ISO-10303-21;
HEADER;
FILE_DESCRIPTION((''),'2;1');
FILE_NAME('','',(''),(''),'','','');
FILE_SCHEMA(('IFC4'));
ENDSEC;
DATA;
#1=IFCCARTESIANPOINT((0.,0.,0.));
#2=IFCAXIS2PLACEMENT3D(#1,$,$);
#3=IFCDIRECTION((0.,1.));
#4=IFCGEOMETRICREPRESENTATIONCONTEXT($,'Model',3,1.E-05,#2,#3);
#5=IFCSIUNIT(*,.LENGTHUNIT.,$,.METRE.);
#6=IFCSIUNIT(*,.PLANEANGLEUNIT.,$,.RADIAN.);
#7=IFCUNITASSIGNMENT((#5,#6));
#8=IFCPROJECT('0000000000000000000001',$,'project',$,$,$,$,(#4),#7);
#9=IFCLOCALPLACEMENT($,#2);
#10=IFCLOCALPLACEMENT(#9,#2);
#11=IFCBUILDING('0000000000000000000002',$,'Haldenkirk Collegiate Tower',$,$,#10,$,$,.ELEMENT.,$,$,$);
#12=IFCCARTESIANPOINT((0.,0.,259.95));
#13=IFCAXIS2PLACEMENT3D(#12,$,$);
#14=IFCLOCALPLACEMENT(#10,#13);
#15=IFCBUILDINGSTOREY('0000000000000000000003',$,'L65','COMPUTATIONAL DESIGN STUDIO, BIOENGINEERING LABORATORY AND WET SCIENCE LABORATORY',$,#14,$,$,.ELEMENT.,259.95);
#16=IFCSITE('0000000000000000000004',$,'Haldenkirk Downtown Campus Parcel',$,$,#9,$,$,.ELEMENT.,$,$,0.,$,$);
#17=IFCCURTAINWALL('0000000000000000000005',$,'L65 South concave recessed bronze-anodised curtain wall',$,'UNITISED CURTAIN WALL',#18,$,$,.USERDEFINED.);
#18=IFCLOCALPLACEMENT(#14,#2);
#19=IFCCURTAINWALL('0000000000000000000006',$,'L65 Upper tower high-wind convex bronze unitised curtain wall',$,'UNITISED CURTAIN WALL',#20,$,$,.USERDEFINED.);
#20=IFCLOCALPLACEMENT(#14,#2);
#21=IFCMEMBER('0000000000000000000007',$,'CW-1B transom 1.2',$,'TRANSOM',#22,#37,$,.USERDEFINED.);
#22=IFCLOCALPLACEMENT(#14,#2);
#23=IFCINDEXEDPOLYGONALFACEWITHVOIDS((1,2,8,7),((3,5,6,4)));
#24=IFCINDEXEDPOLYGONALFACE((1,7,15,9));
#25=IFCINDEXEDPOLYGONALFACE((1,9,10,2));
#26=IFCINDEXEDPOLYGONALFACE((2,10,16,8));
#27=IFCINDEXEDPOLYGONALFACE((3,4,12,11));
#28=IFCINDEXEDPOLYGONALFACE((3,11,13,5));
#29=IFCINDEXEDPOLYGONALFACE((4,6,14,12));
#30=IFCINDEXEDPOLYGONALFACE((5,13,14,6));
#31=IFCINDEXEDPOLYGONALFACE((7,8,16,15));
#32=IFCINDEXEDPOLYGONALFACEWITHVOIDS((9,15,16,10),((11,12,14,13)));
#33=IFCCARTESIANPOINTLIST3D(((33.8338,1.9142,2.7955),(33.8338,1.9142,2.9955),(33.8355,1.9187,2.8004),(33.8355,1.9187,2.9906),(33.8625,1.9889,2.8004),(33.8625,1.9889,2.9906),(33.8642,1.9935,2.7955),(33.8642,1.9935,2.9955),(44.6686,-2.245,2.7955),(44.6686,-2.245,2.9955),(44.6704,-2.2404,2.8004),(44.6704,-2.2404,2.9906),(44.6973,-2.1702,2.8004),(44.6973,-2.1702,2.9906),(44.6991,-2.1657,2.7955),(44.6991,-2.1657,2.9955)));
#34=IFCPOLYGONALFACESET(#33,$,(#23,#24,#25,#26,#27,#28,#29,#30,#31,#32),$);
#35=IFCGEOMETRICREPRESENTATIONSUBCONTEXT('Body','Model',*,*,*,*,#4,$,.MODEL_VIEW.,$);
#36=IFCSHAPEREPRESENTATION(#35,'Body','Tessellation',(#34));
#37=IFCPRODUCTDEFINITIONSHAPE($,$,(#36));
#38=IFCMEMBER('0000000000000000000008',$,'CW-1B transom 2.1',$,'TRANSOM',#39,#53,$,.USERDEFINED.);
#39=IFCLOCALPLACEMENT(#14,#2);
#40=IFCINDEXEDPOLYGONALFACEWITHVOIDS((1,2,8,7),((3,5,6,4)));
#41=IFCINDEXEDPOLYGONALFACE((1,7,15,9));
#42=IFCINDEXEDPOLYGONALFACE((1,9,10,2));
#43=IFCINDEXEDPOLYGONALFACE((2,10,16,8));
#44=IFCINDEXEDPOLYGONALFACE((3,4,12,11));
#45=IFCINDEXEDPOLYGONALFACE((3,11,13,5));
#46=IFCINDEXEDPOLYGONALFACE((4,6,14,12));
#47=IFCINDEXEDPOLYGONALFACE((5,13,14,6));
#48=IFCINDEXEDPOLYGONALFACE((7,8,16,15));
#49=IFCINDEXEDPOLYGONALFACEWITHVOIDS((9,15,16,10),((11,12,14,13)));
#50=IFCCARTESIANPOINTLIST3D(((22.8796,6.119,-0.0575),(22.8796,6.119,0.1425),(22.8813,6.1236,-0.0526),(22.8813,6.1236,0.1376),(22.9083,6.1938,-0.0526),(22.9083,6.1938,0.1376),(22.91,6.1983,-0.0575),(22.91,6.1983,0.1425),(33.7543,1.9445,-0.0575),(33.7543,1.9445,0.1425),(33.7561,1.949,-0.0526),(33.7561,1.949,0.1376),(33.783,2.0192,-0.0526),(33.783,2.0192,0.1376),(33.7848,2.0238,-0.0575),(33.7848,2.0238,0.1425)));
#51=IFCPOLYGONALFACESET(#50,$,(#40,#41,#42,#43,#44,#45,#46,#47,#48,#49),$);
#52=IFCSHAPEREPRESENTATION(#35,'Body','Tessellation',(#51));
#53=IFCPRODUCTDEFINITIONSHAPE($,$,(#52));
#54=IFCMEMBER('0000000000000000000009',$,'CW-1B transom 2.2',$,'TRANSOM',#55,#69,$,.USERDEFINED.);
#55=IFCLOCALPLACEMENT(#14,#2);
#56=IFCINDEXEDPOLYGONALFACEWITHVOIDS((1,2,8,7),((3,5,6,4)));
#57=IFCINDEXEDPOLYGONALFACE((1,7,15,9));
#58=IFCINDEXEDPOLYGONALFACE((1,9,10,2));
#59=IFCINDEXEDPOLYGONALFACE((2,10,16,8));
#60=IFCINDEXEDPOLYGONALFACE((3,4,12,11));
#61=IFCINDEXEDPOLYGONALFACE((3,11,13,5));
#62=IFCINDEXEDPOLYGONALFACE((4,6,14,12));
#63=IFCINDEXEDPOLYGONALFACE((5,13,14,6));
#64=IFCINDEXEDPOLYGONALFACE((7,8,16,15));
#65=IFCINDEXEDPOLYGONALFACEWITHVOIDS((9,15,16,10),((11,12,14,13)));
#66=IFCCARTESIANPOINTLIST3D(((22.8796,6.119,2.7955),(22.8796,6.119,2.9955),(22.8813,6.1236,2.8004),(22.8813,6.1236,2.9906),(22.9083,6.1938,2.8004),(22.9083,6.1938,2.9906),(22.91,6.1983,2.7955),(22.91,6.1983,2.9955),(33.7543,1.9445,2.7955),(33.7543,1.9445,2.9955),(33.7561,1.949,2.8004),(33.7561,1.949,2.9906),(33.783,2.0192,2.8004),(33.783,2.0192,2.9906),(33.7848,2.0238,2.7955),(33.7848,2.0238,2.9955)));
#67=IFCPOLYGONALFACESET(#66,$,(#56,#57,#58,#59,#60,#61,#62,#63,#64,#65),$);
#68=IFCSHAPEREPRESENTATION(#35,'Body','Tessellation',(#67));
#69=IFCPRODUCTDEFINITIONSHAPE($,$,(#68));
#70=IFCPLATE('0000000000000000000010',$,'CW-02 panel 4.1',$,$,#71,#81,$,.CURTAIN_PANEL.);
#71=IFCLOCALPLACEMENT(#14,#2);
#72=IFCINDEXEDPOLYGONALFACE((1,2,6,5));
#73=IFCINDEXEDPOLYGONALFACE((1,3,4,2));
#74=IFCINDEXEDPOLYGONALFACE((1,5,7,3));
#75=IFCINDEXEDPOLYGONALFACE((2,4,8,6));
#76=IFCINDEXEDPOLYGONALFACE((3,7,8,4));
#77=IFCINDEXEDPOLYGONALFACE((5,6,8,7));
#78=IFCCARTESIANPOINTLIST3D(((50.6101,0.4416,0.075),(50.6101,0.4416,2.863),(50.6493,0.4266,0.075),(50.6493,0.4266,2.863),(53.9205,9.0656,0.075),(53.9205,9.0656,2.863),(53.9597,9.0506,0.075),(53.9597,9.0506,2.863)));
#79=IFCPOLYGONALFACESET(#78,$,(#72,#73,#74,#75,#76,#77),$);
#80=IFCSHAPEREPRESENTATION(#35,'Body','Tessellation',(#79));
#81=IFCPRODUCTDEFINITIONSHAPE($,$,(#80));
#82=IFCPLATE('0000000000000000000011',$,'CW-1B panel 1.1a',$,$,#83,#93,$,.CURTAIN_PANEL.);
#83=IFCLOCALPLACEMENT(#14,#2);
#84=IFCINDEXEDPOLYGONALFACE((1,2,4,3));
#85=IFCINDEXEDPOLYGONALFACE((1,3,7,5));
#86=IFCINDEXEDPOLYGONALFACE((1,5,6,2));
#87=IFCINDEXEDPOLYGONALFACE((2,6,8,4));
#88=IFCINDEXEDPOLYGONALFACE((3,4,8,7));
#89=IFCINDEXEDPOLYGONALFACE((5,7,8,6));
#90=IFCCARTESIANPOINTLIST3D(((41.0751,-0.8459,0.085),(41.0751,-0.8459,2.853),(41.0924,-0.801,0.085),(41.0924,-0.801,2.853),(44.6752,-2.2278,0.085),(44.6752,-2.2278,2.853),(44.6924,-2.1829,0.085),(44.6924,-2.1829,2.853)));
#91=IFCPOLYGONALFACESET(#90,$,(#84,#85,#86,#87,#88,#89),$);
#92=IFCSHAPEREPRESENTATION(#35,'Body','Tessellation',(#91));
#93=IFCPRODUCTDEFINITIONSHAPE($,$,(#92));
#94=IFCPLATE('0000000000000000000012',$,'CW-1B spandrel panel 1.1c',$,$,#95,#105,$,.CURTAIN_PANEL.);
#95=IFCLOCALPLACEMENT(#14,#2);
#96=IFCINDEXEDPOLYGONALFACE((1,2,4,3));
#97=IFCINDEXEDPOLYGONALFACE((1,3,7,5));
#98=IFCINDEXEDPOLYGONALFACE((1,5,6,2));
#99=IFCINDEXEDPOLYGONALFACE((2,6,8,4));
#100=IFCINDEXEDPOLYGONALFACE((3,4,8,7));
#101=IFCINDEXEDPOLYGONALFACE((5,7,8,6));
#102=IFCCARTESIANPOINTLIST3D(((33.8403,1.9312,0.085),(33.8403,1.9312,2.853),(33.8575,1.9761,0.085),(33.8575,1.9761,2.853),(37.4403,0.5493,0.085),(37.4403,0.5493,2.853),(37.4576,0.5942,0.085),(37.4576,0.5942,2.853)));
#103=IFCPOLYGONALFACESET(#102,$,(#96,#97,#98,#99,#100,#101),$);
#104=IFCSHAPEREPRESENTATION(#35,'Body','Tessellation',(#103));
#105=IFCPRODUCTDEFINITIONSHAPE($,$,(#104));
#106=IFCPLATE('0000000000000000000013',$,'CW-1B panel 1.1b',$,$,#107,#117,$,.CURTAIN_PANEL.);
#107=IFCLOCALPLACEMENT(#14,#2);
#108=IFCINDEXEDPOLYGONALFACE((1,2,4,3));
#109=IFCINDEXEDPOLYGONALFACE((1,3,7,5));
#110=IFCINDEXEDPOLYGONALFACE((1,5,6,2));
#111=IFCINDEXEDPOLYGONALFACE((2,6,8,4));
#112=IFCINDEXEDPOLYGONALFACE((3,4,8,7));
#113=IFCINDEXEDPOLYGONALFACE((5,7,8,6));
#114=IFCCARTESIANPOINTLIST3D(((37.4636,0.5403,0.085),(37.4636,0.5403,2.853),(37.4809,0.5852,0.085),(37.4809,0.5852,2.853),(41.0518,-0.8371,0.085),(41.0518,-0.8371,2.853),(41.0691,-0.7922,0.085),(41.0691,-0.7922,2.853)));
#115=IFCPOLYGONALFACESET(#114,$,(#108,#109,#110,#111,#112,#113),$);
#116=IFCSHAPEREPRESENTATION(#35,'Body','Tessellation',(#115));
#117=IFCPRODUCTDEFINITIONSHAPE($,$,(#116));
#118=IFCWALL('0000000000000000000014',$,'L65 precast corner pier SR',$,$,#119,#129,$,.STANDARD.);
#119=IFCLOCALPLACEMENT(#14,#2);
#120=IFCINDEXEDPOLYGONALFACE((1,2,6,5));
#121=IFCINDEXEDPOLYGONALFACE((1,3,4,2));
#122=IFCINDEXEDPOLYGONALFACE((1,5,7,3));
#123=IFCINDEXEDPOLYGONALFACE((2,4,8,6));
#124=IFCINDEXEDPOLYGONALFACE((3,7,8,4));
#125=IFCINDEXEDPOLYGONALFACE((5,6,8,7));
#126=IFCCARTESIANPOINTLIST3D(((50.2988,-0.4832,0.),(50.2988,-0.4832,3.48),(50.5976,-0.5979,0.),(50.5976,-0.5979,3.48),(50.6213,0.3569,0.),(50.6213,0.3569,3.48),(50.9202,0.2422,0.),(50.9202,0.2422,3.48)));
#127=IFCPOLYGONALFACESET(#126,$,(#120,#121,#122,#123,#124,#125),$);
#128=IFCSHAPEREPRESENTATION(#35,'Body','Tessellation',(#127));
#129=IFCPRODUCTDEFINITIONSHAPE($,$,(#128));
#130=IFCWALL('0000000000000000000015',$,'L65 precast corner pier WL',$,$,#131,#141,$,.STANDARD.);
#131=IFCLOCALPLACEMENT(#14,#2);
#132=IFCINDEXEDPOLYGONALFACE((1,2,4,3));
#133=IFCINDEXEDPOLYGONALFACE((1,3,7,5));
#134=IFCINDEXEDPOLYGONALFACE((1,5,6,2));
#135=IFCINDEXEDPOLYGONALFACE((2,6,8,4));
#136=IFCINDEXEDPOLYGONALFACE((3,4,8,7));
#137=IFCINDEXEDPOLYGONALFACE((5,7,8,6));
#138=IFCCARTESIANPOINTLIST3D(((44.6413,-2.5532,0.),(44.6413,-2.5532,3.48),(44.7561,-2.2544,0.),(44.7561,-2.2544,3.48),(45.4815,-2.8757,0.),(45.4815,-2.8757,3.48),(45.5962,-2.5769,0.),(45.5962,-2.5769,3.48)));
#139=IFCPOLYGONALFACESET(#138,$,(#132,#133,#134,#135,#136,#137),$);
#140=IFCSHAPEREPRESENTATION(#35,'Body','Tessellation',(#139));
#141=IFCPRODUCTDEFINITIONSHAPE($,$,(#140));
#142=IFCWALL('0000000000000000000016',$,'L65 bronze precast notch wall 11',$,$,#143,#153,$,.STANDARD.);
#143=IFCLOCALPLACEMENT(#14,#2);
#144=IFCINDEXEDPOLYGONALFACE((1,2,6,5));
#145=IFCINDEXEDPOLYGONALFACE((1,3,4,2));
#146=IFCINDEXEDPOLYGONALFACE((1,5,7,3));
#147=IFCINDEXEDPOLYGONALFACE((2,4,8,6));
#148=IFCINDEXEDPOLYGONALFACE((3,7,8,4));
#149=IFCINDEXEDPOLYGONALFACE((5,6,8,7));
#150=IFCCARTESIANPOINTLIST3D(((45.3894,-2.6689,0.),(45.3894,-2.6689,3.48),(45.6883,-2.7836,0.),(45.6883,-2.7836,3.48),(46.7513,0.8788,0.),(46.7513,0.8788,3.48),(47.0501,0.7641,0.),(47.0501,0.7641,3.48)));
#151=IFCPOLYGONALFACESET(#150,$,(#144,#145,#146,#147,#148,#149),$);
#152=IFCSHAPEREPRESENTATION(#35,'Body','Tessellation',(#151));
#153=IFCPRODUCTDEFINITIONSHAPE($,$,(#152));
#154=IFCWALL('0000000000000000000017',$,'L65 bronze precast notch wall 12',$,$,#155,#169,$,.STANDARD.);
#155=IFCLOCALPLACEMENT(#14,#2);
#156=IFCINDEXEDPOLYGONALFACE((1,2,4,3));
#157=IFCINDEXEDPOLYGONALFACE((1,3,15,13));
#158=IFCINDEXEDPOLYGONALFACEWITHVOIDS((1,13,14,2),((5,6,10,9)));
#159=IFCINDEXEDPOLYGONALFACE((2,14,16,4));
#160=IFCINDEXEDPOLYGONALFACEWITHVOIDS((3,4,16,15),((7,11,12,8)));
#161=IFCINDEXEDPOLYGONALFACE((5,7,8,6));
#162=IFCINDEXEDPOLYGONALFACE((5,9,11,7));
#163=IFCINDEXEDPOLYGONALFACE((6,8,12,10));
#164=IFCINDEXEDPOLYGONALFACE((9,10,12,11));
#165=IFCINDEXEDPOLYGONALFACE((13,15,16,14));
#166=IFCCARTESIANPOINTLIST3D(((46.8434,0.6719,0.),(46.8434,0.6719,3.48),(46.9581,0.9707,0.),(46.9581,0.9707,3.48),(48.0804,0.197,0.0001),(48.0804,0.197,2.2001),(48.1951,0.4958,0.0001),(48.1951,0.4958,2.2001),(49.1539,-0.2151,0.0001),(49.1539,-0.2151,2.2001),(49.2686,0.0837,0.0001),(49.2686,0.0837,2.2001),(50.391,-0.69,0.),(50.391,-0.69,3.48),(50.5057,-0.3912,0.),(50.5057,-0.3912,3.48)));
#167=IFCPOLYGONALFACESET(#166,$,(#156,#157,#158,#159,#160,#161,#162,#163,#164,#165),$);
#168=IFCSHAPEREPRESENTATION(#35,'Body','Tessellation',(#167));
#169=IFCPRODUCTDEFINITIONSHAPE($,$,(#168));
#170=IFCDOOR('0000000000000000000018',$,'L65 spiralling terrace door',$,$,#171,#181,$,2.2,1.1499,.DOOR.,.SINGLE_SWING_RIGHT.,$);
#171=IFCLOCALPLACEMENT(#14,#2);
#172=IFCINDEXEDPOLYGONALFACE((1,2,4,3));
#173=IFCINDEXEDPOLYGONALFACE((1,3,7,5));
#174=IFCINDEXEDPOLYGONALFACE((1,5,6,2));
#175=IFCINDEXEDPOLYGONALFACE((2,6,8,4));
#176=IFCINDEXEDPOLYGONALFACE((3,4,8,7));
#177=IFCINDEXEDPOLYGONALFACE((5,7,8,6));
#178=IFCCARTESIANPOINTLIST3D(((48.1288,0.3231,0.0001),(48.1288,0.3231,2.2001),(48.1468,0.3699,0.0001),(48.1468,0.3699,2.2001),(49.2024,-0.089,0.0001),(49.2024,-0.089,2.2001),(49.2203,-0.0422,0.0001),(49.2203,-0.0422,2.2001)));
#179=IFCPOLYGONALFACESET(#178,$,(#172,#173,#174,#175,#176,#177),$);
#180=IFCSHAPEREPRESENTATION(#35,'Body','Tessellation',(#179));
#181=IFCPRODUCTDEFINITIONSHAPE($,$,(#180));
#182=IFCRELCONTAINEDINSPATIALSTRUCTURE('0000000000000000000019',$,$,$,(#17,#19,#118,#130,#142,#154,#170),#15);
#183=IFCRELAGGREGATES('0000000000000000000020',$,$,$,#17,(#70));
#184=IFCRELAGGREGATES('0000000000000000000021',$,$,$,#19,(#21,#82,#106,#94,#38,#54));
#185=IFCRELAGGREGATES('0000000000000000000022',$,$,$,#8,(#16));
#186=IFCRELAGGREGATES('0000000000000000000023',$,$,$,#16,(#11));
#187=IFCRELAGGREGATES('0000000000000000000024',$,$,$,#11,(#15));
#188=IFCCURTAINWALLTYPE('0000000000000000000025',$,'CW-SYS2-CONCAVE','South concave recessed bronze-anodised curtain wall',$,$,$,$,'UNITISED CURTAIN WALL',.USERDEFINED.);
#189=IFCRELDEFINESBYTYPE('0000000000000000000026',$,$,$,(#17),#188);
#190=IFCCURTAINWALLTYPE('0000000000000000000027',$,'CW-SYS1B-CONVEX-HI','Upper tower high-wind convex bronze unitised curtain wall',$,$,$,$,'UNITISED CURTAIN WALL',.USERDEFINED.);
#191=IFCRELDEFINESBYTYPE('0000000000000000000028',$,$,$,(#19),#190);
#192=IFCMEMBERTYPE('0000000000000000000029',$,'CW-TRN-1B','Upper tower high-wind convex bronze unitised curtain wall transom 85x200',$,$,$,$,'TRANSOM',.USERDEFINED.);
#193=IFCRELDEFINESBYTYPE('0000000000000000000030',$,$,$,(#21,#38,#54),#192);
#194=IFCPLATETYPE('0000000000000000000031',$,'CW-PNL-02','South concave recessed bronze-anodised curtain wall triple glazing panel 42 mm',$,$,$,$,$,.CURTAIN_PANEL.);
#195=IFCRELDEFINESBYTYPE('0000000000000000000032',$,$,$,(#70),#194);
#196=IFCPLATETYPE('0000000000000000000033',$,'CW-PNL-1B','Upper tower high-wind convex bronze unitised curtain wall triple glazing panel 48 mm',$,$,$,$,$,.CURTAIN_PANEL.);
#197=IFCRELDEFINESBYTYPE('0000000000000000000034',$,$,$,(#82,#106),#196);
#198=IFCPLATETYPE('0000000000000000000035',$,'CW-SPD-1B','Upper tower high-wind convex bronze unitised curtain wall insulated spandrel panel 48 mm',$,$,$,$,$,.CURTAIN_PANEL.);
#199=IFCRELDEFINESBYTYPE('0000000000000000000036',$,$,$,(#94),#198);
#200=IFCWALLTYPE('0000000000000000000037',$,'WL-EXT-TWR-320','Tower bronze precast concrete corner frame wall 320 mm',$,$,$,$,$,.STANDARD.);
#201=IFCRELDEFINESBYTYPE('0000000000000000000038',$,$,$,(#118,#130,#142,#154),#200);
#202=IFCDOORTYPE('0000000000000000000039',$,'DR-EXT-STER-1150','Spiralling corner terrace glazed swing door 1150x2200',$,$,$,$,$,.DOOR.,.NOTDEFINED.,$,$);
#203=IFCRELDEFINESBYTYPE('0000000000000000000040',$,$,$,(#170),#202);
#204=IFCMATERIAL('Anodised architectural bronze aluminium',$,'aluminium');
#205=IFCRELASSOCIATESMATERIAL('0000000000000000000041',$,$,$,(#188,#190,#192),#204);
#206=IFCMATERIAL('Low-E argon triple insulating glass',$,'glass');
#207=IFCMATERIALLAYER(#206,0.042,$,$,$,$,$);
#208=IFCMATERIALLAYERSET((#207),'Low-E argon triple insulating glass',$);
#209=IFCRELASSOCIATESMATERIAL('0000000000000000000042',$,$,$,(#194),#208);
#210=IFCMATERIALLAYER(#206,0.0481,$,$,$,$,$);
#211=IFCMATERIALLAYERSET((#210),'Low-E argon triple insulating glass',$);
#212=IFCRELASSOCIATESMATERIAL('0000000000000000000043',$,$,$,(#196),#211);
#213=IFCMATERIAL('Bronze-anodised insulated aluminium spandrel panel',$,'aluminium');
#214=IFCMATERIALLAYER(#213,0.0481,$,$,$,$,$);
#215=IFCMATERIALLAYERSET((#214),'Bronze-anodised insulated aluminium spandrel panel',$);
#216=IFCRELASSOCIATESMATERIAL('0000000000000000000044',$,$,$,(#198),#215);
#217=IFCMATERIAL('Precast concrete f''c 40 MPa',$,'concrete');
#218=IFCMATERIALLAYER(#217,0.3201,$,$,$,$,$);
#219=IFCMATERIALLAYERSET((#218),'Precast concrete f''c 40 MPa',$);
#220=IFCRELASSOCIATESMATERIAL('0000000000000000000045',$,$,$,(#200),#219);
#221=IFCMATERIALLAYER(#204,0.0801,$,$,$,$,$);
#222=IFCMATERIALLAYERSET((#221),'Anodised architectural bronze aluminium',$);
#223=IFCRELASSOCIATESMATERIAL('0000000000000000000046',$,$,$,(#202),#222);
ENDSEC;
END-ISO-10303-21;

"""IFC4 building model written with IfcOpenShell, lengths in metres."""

from ifc_helpers import new_model, si_unit, direction, frame, frame_2d, origin, origin_2d, place, context, subcontext, project, spatial, rectangle, hollow_rectangle, extrude, source, transform, mapped, material, layer, layer_set, material_profile, profile_set, type_object, element, fill, aggregate, save


model = new_model("IFC4")

# Units and contexts
model_context = context("Model", 3, precision=1e-05, world=origin(), true_north=direction((0.0, 1.0)))
body_context = subcontext(model_context, "Body", "Model", "MODEL_VIEW")
ifc_project = project(units=[si_unit("LENGTHUNIT", "METRE"), si_unit("PLANEANGLEUNIT", "RADIAN")], contexts=[model_context])

# Site, building, storey
site_placement = place(None, origin())
site = spatial("IfcSite", under=ifc_project, at=site_placement, Name="Haldenkirk Downtown Campus Parcel", CompositionType="ELEMENT", RefElevation=0.0)
building_placement = place(site_placement, origin())
building = spatial("IfcBuilding", under=site, at=building_placement, Name="Haldenkirk Collegiate Tower", CompositionType="ELEMENT")
storey_placement = place(building_placement, frame((0.0, 0.0, 259.95)))
storey = spatial("IfcBuildingStorey", under=building, at=storey_placement, Name="L65", Description="COMPUTATIONAL DESIGN STUDIO, BIOENGINEERING LABORATORY AND WET SCIENCE LABORATORY", CompositionType="ELEMENT", Elevation=259.95)

# Curtain walls
ifc_material_1 = material(Name="Anodised architectural bronze aluminium", Category="aluminium")
curtain_wall_type_1 = type_object("IfcCurtainWallType", Name="CW-SYS2-CONCAVE", Description="South concave recessed bronze-anodised curtain wall", ElementType="UNITISED CURTAIN WALL", PredefinedType="USERDEFINED", material=ifc_material_1)
curtain_wall_1_placement = place(storey_placement, origin())
curtain_wall_1 = element("IfcCurtainWall", 1, at=curtain_wall_1_placement, inside=storey, type_object=curtain_wall_type_1, Name="L65 South concave recessed bronze-anodised curtain wall", ObjectType="UNITISED CURTAIN WALL", PredefinedType="USERDEFINED")
curtain_wall_type_2 = type_object("IfcCurtainWallType", Name="CW-SYS1B-CONVEX-HI", Description="Upper tower high-wind convex bronze unitised curtain wall", ElementType="UNITISED CURTAIN WALL", PredefinedType="USERDEFINED", material=ifc_material_1)
curtain_wall_2_placement = place(storey_placement, origin())
curtain_wall_2 = element("IfcCurtainWall", 2, at=curtain_wall_2_placement, inside=storey, type_object=curtain_wall_type_2, Name="L65 Upper tower high-wind convex bronze unitised curtain wall", ObjectType="UNITISED CURTAIN WALL", PredefinedType="USERDEFINED")

# Members
ifc_material_profile_1 = material_profile(ifc_material_1, hollow_rectangle(XDim=0.085, YDim=0.2, WallThickness=0.0049, at=origin_2d()), Name="CW-TRN-1B")
ifc_profile_set_1 = profile_set([ifc_material_profile_1], Name="Anodised architectural bronze aluminium")
member_type_1 = type_object("IfcMemberType", Name="CW-TRN-1B", Description="Upper tower high-wind convex bronze unitised curtain wall transom 85x200", ElementType="TRANSOM", PredefinedType="USERDEFINED", material=ifc_profile_set_1)
member_1_placement = place(storey_placement, frame((44.6838, -2.2053, 2.8955), z_axis=(-0.93358, 0.35837, 0.0), x_axis=(-0.35837, -0.93358, 0.0)))
member_1 = element("IfcMember", 3, at=member_1_placement, type_object=member_type_1, Name="CW-1B transom 1.2", ObjectType="TRANSOM", PredefinedType="USERDEFINED", context=body_context, shape_type="SweptSolid", body=[
    extrude(hollow_rectangle(XDim=0.085, YDim=0.2, WallThickness=0.0049, at=origin_2d()), origin(), (0.0, 0.0, 1.0), 11.6057),
])
member_2_placement = place(storey_placement, frame((33.7695, 1.9841, 0.0425), z_axis=(-0.933577, 0.358378, 0.0), x_axis=(-0.358378, -0.933577, 0.0)))
member_2 = element("IfcMember", 4, at=member_2_placement, type_object=member_type_1, Name="CW-1B transom 2.1", ObjectType="TRANSOM", PredefinedType="USERDEFINED", context=body_context, shape_type="SweptSolid", body=[
    extrude(hollow_rectangle(XDim=0.085, YDim=0.2, WallThickness=0.0049, at=origin_2d()), origin(), (0.0, 0.0, 1.0), 11.6484),
])
member_3_placement = place(storey_placement, frame((33.7695, 1.9841, 2.8955), z_axis=(-0.933577, 0.358378, 0.0), x_axis=(-0.358378, -0.933577, 0.0)))
member_3 = element("IfcMember", 5, at=member_3_placement, type_object=member_type_1, Name="CW-1B transom 2.2", ObjectType="TRANSOM", PredefinedType="USERDEFINED", context=body_context, shape_type="SweptSolid", body=[
    extrude(hollow_rectangle(XDim=0.085, YDim=0.2, WallThickness=0.0049, at=origin_2d()), origin(), (0.0, 0.0, 1.0), 11.6484),
])

# Plates
ifc_material_2 = material(Name="Low-E argon triple insulating glass", Category="glass")
ifc_layer_1 = layer(ifc_material_2, 0.042)
ifc_layer_set_1 = layer_set([ifc_layer_1], Name="Low-E argon triple insulating glass")
plate_type_1 = type_object("IfcPlateType", Name="CW-PNL-02", Description="South concave recessed bronze-anodised curtain wall triple glazing panel 42 mm", PredefinedType="CURTAIN_PANEL", material=ifc_layer_set_1)
shared_shape_1 = source(origin(), body_context, "Body", "SweptSolid", [
    extrude(rectangle(XDim=9.2375, YDim=0.042, at=origin_2d()), origin(), (0.0, 0.0, 1.0), 2.7881),
])
plate_1_placement = place(storey_placement, frame((52.2849, 4.7461, 0.075), z_axis=(0.0, 0.0, 1.0), x_axis=(-0.358371, -0.933579, 0.0)))
plate_1 = element("IfcPlate", 6, at=plate_1_placement, type_object=plate_type_1, Name="CW-02 panel 4.1", PredefinedType="CURTAIN_PANEL", context=body_context, shape_type="MappedRepresentation", body=[
    mapped(shared_shape_1, transform((0.0, 0.0, 0.0), x_axis=(1.0, 0.0, 0.0), y_axis=(0.0, 1.0, 0.0), z_axis=(0.0, 0.0, 1.0), scale=1.0)),
])
aggregate(curtain_wall_1, [plate_1])
ifc_layer_2 = layer(ifc_material_2, 0.0481)
ifc_layer_set_2 = layer_set([ifc_layer_2], Name="Low-E argon triple insulating glass")
plate_type_2 = type_object("IfcPlateType", Name="CW-PNL-1B", Description="Upper tower high-wind convex bronze unitised curtain wall triple glazing panel 48 mm", PredefinedType="CURTAIN_PANEL", material=ifc_layer_set_2)
shared_shape_2 = source(origin(), body_context, "Body", "SweptSolid", [
    extrude(rectangle(XDim=3.8562, YDim=0.0481, at=origin_2d()), origin(), (0.0, 0.0, 1.0), 2.7681),
])
plate_2_placement = place(storey_placement, frame((42.8838, -1.5144, 0.085), z_axis=(0.0, 0.0, 1.0), x_axis=(-0.93358, 0.358369, 0.0)))
plate_2 = element("IfcPlate", 7, at=plate_2_placement, type_object=plate_type_2, Name="CW-1B panel 1.1a", PredefinedType="CURTAIN_PANEL", context=body_context, shape_type="MappedRepresentation", body=[
    mapped(shared_shape_2, transform((0.0, 0.0, 0.0), x_axis=(1.0, 0.0, 0.0), y_axis=(0.0, 1.0, 0.0), z_axis=(0.0, 0.0, 1.0), scale=1.0)),
])
ifc_material_3 = material(Name="Bronze-anodised insulated aluminium spandrel panel", Category="aluminium")
ifc_layer_3 = layer(ifc_material_3, 0.0481)
ifc_layer_set_3 = layer_set([ifc_layer_3], Name="Bronze-anodised insulated aluminium spandrel panel")
plate_type_3 = type_object("IfcPlateType", Name="CW-SPD-1B", Description="Upper tower high-wind convex bronze unitised curtain wall insulated spandrel panel 48 mm", PredefinedType="CURTAIN_PANEL", material=ifc_layer_set_3)
plate_3_placement = place(storey_placement, frame((35.6489, 1.2627, 0.085), z_axis=(0.0, 0.0, 1.0), x_axis=(-0.93358, 0.358369, 0.0)))
plate_3 = element("IfcPlate", 8, at=plate_3_placement, type_object=plate_type_3, Name="CW-1B spandrel panel 1.1c", PredefinedType="CURTAIN_PANEL", context=body_context, shape_type="MappedRepresentation", body=[
    mapped(shared_shape_2, transform((0.0, 0.0, 0.0), x_axis=(1.0, 0.0, 0.0), y_axis=(0.0, 1.0, 0.0), z_axis=(0.0, 0.0, 1.0), scale=1.0)),
])
shared_shape_3 = source(origin(), body_context, "Body", "SweptSolid", [
    extrude(rectangle(XDim=3.8435, YDim=0.0481, at=origin_2d()), origin(), (0.0, 0.0, 1.0), 2.7681),
])
plate_4_placement = place(storey_placement, frame((39.2664, -0.126, 0.085), z_axis=(0.0, 0.0, 1.0), x_axis=(-0.93358, 0.358369, 0.0)))
plate_4 = element("IfcPlate", 9, at=plate_4_placement, type_object=plate_type_2, Name="CW-1B panel 1.1b", PredefinedType="CURTAIN_PANEL", context=body_context, shape_type="MappedRepresentation", body=[
    mapped(shared_shape_3, transform((0.0, 0.0, 0.0), x_axis=(1.0, 0.0, 0.0), y_axis=(0.0, 1.0, 0.0), z_axis=(0.0, 0.0, 1.0), scale=1.0)),
])
aggregate(curtain_wall_2, [member_1, plate_2, plate_4, plate_3, member_2, member_3])

# Walls
ifc_material_4 = material(Name="Precast concrete f'c 40 MPa", Category="concrete")
ifc_layer_4 = layer(ifc_material_4, 0.3201)
ifc_layer_set_4 = layer_set([ifc_layer_4], Name="Precast concrete f'c 40 MPa")
wall_type_1 = type_object("IfcWallType", Name="WL-EXT-TWR-320", Description="Tower bronze precast concrete corner frame wall 320 mm", PredefinedType="STANDARD", material=ifc_layer_set_4)
for number, where, z_axis, x_axis, name in (
    (10, (50.7708, 0.2996, 0.0), (0.0, 0.0, 1.0), (-0.358397, -0.933569, 0.0), "L65 precast corner pier SR"),
    (11, (45.5388, -2.7263, 0.0), (0.0, 0.0, 1.0), (-0.933569, 0.358397, 0.0), "L65 precast corner pier WL"),
):
    element("IfcWall", number, at=place(storey_placement, frame(where, z_axis=z_axis, x_axis=x_axis)), inside=storey, type_object=wall_type_1, Name=name, PredefinedType="STANDARD", context=body_context, shape_type="SweptSolid", body=[
        extrude(rectangle(XDim=0.8999, YDim=0.3201, at=frame_2d((0.45, 0.0))), origin(), (0.0, 0.0, 1.0), 3.48),
    ])
wall_1_placement = place(storey_placement, frame((46.9006, 0.8213, 0.0), z_axis=(0.0, 0.0, 1.0), x_axis=(-0.358372, -0.933579, 0.0)))
element("IfcWall", 12, at=wall_1_placement, inside=storey, type_object=wall_type_1, Name="L65 bronze precast notch wall 11", PredefinedType="STANDARD", context=body_context, shape_type="SweptSolid", body=[
    extrude(rectangle(XDim=3.8, YDim=0.3201, at=frame_2d((1.8999, 0.0))), origin(), (0.0, 0.0, 1.0), 3.48),
])

# Wall, opening, door
wall_2_placement = place(storey_placement, frame((50.4482, -0.5405, 0.0), z_axis=(0.0, 0.0, 1.0), x_axis=(-0.933579, 0.358372, 0.0)))
wall_2 = element("IfcWall", 13, at=wall_2_placement, inside=storey, type_object=wall_type_1, Name="L65 bronze precast notch wall 12", PredefinedType="STANDARD", context=body_context, shape_type="SweptSolid", body=[
    extrude(rectangle(XDim=3.8, YDim=0.3201, at=frame_2d((1.8999, 0.0))), origin(), (0.0, 0.0, 1.0), 3.48),
])
opening_placement = place(wall_2_placement, frame((1.325, 0.0, 0.0)))
opening = element("IfcOpeningElement", 14, at=opening_placement, cuts=wall_2, PredefinedType="OPENING", context=body_context, shape_type="SweptSolid", body=[
    extrude(rectangle(XDim=1.1499, YDim=2.2, at=frame_2d((0.575, 1.1001))), frame((0.0, 0.1699, 0.0), z_axis=(0.0, -1.0, 0.0), x_axis=(1.0, 0.0, 0.0)), (0.0, 0.0, 1.0), 0.3401),
])
ifc_layer_5 = layer(ifc_material_1, 0.0801)
ifc_layer_set_5 = layer_set([ifc_layer_5], Name="Anodised architectural bronze aluminium")
door_type = type_object("IfcDoorType", Name="DR-EXT-STER-1150", Description="Spiralling corner terrace glazed swing door 1150x2200", OperationType="NOTDEFINED", PredefinedType="DOOR", material=ifc_layer_set_5)
door_placement = place(opening_placement, origin())
door = element("IfcDoor", 15, at=door_placement, inside=storey, type_object=door_type, Name="L65 spiralling terrace door", OperationType="SINGLE_SWING_RIGHT", OverallHeight=2.2, OverallWidth=1.1499, PredefinedType="DOOR", context=body_context, shape_type="SweptSolid", body=[
    extrude(rectangle(XDim=1.1499, YDim=2.2, at=frame_2d((0.575, 1.1001))), frame((0.0, 0.0249, 0.0), z_axis=(0.0, -1.0, 0.0), x_axis=(1.0, 0.0, 0.0)), (0.0, 0.0, 1.0), 0.05),
])
fill(opening, door)

save(model, "model.ifc")
